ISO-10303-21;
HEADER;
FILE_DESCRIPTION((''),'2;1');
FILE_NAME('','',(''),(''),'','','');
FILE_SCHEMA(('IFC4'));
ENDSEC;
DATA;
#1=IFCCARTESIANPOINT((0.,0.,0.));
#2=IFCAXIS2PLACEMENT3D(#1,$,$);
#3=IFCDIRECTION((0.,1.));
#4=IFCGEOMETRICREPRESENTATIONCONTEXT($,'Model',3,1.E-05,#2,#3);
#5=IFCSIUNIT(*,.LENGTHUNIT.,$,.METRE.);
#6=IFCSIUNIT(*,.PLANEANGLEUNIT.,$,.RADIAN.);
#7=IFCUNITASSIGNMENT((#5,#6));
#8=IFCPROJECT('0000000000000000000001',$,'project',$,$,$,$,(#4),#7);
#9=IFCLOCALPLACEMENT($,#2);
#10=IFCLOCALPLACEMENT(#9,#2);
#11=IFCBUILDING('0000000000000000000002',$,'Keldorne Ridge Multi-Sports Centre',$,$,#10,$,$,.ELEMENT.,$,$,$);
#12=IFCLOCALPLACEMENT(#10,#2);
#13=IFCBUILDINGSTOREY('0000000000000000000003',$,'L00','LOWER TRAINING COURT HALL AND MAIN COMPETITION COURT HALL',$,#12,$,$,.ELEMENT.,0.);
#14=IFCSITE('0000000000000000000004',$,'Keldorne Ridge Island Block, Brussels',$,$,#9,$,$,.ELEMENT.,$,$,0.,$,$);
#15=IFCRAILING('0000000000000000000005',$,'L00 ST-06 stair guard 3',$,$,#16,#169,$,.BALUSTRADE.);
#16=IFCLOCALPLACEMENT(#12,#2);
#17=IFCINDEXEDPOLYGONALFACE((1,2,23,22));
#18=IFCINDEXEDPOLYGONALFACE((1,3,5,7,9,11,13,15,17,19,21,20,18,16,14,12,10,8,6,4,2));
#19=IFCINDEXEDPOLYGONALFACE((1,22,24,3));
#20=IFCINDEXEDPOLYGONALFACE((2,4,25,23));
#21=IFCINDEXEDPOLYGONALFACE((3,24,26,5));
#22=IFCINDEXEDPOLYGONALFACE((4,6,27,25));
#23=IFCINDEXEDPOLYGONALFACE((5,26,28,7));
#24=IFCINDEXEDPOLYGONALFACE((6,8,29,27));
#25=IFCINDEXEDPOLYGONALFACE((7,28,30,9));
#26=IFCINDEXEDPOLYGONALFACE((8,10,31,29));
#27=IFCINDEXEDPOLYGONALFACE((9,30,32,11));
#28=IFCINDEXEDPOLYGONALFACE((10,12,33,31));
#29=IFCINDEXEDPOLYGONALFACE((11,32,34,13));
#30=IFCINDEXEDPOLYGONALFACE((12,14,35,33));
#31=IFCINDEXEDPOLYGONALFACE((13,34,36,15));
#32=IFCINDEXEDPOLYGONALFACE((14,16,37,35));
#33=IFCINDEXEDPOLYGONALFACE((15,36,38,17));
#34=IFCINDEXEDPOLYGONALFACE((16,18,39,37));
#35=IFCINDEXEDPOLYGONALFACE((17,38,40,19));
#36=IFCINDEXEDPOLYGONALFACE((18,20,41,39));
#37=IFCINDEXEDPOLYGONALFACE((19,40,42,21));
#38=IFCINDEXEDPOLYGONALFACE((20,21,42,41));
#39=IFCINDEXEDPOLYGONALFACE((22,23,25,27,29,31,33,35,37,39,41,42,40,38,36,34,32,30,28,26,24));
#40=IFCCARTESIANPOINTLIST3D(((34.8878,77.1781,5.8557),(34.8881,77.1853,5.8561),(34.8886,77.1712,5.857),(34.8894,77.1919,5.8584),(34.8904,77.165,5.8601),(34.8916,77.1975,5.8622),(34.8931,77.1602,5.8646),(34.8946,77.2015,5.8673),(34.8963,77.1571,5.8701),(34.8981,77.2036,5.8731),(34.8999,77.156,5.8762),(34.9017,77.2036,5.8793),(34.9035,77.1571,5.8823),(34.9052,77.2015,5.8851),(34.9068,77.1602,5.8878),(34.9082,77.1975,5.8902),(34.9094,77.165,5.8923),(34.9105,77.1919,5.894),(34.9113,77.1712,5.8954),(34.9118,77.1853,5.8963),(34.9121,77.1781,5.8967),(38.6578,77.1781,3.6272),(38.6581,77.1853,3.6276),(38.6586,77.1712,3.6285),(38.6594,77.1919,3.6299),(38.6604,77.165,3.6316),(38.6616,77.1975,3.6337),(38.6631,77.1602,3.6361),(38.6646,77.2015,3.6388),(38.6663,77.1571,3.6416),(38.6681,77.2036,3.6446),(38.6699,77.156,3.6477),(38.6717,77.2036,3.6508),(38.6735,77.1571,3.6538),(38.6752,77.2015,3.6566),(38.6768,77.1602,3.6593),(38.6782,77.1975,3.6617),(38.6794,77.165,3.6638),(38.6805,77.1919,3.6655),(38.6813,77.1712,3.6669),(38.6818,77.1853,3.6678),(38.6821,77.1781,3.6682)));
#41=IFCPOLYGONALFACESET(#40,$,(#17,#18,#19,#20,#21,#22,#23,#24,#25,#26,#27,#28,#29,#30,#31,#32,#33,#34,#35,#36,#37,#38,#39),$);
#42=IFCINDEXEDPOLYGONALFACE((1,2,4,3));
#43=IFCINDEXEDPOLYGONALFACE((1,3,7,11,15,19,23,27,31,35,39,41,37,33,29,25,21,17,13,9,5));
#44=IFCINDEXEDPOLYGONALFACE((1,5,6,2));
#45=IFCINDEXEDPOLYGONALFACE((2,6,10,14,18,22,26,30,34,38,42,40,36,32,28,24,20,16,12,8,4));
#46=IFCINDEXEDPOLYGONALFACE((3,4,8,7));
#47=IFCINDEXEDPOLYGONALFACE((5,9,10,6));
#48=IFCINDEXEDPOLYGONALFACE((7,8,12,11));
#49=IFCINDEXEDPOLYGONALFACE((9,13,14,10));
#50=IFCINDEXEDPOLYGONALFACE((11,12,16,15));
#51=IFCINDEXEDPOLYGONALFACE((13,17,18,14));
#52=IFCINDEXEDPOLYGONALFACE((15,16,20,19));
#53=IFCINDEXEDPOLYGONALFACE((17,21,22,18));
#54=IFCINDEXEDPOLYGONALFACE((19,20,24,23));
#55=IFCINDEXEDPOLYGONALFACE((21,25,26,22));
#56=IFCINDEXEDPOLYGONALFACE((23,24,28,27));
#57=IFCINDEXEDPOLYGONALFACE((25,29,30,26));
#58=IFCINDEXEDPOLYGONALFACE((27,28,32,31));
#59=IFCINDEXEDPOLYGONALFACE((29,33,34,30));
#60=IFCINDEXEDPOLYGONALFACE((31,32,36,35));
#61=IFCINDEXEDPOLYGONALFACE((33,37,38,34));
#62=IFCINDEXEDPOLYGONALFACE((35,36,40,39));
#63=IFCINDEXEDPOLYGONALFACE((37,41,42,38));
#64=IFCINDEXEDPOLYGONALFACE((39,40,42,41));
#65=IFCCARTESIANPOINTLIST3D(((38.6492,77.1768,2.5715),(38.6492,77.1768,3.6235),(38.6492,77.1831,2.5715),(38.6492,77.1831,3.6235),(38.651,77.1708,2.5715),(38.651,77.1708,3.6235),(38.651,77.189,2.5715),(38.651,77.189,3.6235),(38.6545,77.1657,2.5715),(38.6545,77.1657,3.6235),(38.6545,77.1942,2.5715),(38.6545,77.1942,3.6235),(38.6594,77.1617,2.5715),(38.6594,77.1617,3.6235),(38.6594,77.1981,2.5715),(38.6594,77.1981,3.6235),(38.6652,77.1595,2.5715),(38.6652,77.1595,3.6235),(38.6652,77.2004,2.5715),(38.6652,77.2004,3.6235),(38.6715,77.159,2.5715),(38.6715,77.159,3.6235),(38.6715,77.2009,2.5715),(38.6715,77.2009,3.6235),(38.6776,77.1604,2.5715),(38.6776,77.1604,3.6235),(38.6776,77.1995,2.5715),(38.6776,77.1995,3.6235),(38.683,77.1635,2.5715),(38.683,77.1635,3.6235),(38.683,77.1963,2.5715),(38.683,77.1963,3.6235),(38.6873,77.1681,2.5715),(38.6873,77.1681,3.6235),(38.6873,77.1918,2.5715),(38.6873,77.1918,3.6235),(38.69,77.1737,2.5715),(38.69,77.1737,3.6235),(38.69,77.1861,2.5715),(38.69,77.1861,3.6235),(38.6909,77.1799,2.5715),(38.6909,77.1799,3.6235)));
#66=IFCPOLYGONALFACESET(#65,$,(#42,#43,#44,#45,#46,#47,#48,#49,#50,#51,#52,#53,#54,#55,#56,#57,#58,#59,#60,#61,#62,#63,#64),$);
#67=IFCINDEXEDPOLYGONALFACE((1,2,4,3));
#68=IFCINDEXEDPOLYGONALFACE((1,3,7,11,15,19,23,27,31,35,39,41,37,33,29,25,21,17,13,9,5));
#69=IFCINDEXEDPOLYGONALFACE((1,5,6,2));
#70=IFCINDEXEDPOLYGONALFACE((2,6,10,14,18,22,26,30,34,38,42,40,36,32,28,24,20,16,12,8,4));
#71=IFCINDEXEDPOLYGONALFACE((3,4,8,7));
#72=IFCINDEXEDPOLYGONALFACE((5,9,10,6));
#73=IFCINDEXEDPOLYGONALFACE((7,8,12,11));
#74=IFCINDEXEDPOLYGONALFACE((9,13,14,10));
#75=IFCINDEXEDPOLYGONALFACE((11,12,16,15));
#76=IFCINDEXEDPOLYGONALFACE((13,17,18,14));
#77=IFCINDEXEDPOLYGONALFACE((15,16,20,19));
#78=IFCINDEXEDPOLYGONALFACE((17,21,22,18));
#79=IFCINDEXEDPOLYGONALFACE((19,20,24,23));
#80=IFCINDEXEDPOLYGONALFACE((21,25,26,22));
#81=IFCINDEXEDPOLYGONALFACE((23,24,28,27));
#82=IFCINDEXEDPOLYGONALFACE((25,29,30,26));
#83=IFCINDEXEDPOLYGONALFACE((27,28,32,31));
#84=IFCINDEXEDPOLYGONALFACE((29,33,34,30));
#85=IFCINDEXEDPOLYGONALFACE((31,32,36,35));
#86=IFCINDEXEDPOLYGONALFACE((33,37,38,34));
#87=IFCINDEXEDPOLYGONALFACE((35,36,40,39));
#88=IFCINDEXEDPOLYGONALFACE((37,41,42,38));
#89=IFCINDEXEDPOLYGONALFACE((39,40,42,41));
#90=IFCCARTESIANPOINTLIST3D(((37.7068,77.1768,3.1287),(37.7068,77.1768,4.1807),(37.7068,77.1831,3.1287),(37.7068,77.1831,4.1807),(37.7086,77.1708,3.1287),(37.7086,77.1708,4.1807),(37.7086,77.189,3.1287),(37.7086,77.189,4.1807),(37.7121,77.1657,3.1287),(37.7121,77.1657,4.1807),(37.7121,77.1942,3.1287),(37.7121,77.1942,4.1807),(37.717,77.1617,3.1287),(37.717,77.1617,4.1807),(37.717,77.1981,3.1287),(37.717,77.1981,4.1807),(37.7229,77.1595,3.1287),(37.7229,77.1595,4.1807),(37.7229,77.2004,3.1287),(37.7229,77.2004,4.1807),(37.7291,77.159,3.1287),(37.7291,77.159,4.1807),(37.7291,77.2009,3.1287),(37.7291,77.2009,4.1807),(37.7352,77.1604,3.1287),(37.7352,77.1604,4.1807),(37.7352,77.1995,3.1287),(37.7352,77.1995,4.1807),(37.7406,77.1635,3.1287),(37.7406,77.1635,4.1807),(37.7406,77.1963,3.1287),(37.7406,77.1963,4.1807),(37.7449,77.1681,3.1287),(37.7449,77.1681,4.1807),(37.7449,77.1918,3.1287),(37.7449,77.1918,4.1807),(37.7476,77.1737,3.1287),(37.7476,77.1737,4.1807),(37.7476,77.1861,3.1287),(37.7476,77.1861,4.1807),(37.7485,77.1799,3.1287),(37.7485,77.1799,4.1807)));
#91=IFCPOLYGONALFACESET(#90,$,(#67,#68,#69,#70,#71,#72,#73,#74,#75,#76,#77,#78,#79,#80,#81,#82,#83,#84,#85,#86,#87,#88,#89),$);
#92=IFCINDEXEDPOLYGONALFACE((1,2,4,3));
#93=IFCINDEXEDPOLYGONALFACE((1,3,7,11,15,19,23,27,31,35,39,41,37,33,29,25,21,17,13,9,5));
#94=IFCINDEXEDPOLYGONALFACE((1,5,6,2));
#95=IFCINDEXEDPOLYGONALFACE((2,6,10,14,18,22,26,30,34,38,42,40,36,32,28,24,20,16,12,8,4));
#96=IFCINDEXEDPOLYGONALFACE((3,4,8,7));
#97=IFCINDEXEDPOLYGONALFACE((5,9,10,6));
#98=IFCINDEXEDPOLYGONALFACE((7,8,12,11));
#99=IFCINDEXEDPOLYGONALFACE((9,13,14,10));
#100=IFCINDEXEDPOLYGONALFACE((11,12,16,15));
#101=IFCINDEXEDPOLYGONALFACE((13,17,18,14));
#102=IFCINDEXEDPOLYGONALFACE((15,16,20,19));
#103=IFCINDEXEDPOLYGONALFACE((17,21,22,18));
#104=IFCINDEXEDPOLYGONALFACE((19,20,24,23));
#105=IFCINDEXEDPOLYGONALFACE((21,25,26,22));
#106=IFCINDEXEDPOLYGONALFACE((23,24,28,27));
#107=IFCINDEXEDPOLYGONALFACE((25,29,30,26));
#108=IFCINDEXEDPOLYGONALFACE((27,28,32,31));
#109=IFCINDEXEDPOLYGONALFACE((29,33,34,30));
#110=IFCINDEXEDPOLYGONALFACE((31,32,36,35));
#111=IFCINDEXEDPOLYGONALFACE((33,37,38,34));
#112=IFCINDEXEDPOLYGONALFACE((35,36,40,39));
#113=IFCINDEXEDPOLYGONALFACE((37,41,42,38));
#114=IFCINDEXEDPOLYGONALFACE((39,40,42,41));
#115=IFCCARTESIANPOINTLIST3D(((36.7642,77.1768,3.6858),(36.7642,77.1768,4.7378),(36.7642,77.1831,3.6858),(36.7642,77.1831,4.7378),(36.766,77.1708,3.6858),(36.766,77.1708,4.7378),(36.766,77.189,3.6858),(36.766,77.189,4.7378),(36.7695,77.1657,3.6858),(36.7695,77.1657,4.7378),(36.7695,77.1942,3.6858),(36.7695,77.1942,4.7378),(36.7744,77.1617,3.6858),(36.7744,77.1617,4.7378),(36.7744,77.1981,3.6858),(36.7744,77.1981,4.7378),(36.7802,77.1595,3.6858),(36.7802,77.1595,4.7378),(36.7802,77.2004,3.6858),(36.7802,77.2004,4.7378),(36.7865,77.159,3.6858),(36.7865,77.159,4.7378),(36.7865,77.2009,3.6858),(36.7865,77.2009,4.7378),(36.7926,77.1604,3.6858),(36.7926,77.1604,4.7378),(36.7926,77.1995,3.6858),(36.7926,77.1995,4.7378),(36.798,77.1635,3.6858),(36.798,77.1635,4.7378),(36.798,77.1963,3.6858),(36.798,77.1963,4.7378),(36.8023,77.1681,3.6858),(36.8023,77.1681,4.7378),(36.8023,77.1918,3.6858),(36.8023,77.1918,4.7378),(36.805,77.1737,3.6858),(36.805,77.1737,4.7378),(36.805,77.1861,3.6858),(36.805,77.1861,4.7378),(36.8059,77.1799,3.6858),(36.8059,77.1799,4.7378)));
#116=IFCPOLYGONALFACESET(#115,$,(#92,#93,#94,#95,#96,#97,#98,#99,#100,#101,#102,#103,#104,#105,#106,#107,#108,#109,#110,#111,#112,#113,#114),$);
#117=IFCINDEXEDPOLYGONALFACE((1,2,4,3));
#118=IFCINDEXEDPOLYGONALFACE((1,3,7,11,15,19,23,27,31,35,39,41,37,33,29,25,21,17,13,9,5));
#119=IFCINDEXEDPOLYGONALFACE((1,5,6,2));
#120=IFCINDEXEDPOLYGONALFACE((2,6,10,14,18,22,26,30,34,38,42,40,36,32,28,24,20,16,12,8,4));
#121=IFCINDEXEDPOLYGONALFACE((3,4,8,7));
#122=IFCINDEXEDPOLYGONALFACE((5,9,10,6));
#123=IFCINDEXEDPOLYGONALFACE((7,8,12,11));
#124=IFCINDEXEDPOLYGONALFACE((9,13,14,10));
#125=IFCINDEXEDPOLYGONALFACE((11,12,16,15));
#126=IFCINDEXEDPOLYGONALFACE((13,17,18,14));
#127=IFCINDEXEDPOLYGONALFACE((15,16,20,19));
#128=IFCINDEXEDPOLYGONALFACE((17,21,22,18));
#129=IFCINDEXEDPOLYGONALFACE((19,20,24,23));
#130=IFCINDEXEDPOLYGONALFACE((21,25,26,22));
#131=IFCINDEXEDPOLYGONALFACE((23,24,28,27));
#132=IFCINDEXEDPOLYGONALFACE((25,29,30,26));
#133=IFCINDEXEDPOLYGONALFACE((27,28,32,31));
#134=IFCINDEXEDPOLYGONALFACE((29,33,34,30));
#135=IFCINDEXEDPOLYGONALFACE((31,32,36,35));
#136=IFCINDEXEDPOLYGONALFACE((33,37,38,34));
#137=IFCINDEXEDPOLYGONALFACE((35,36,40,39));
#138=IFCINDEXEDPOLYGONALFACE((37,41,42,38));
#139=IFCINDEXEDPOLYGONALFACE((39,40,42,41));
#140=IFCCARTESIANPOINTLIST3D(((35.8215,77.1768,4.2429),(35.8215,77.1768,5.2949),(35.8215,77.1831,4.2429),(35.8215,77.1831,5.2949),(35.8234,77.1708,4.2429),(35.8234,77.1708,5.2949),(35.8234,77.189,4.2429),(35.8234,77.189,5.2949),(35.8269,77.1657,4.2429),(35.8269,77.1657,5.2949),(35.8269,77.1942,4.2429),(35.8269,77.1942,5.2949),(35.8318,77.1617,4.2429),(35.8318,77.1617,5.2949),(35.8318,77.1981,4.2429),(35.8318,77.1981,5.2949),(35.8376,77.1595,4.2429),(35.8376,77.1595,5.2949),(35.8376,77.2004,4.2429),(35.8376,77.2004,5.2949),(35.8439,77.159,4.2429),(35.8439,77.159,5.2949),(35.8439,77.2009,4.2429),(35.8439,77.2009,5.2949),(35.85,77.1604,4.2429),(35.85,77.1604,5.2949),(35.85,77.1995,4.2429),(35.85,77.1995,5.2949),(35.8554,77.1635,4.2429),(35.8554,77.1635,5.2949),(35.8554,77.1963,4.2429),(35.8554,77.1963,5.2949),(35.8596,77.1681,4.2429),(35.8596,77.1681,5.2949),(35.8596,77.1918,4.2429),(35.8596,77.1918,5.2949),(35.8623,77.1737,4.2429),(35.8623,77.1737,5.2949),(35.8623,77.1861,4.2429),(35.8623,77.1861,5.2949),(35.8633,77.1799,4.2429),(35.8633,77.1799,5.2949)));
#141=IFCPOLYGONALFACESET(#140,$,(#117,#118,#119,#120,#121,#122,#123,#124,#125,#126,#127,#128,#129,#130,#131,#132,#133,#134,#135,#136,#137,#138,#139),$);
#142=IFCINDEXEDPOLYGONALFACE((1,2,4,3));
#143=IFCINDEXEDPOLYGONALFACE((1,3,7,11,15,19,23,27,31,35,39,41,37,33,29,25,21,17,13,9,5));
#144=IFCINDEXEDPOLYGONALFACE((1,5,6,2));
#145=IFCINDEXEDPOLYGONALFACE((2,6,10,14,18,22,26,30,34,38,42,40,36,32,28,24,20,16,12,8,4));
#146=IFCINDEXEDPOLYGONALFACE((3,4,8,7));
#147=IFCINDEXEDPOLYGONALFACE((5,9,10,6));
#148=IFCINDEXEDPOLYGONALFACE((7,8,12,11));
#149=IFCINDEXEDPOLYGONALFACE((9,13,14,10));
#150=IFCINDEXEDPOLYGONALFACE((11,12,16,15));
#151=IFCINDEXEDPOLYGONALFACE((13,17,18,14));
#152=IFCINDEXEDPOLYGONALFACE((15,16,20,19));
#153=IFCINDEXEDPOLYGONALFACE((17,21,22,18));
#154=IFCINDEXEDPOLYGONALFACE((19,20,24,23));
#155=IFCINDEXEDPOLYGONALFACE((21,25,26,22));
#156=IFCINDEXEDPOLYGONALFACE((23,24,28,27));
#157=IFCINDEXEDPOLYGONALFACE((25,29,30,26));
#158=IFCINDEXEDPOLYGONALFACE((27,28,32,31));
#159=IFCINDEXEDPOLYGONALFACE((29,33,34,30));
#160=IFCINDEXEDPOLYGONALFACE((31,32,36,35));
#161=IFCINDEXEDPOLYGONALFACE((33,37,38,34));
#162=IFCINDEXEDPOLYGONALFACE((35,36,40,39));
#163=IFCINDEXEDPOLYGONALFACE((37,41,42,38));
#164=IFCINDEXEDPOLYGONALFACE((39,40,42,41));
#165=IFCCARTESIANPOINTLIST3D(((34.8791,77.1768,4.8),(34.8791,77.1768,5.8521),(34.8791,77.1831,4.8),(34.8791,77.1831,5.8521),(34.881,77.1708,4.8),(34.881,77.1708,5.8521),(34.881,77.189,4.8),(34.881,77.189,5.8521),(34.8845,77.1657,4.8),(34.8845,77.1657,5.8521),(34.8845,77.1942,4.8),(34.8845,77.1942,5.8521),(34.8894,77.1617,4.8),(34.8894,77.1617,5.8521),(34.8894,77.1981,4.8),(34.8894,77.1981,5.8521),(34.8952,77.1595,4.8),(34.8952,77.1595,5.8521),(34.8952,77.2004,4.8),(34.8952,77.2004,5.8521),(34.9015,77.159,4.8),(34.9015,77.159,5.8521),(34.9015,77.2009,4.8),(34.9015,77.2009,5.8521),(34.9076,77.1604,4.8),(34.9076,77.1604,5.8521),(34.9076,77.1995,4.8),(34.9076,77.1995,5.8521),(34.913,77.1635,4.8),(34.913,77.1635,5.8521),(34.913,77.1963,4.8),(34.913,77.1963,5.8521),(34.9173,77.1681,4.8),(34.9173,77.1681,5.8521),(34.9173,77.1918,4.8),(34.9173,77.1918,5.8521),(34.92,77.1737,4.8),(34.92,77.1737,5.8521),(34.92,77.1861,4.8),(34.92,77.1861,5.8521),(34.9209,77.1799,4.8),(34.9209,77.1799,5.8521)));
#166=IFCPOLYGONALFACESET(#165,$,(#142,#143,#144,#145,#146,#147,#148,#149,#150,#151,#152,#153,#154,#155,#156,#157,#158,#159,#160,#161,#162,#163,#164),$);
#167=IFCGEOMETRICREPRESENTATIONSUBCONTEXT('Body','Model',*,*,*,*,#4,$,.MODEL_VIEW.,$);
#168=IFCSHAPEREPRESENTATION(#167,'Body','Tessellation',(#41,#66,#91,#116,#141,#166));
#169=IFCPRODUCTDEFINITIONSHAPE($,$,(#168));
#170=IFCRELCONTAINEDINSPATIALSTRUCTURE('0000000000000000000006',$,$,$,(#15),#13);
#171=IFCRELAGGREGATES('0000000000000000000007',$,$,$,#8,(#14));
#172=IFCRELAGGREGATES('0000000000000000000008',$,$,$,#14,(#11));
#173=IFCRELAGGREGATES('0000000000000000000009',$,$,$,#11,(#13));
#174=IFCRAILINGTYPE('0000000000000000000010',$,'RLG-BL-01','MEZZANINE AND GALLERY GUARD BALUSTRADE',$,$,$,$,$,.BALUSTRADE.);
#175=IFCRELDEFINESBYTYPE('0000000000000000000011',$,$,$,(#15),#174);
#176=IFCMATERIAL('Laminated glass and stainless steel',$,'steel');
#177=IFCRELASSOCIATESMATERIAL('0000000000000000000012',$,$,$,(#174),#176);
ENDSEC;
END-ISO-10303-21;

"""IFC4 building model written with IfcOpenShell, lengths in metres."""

from ifc_helpers import new_model, si_unit, direction, frame, origin, origin_2d, place, context, subcontext, project, spatial, circle, extrude, material, type_object, element, save


model = new_model("IFC4")

# Units and contexts
model_context = context("Model", 3, precision=1e-05, world=origin(), true_north=direction((0.0, 1.0)))
body_context = subcontext(model_context, "Body", "Model", "MODEL_VIEW")
ifc_project = project(units=[si_unit("LENGTHUNIT", "METRE"), si_unit("PLANEANGLEUNIT", "RADIAN")], contexts=[model_context])

# Site, building, storey
site_placement = place(None, origin())
site = spatial("IfcSite", under=ifc_project, at=site_placement, Name="Keldorne Ridge Island Block, Brussels", CompositionType="ELEMENT", RefElevation=0.0)
building_placement = place(site_placement, origin())
building = spatial("IfcBuilding", under=site, at=building_placement, Name="Keldorne Ridge Multi-Sports Centre", CompositionType="ELEMENT")
storey_placement = place(building_placement, origin())
storey = spatial("IfcBuildingStorey", under=building, at=storey_placement, Name="L00", Description="LOWER TRAINING COURT HALL AND MAIN COMPETITION COURT HALL", CompositionType="ELEMENT", Elevation=0.0)

# Railing
ifc_material_1 = material(Name="Laminated glass and stainless steel", Category="steel")
railing_type_1 = type_object("IfcRailingType", Name="RLG-BL-01", Description="MEZZANINE AND GALLERY GUARD BALUSTRADE", PredefinedType="BALUSTRADE", material=ifc_material_1)
railing_1_placement = place(storey_placement, frame((38.6699, 77.1799, 2.5715)))
element("IfcRailing", 1, at=railing_1_placement, inside=storey, type_object=railing_type_1, Name="L00 ST-06 stair guard 3", PredefinedType="BALUSTRADE", context=body_context, shape_type="SweptSolid", body=[
    extrude(circle(Radius=0.0239, at=origin_2d()), frame((0.0, 0.0, 1.0762), z_axis=(-0.860849, 0.0, 0.508861), x_axis=(0.0, -1.0, 0.0)), (0.0, 0.0, 1.0), 4.3794),
    extrude(circle(Radius=0.021, at=origin_2d()), origin(), (0.0, 0.0, 1.0), 1.052),
    extrude(circle(Radius=0.021, at=origin_2d()), frame((-0.9424, 0.0, 0.5571)), (0.0, 0.0, 1.0), 1.052),
    extrude(circle(Radius=0.021, at=origin_2d()), frame((-1.885, 0.0, 1.1143)), (0.0, 0.0, 1.0), 1.052),
    extrude(circle(Radius=0.021, at=origin_2d()), frame((-2.8276, 0.0, 1.6714)), (0.0, 0.0, 1.0), 1.052),
    extrude(circle(Radius=0.021, at=origin_2d()), frame((-3.77, 0.0, 2.2285)), (0.0, 0.0, 1.0), 1.052),
])

save(model, "model.ifc")
